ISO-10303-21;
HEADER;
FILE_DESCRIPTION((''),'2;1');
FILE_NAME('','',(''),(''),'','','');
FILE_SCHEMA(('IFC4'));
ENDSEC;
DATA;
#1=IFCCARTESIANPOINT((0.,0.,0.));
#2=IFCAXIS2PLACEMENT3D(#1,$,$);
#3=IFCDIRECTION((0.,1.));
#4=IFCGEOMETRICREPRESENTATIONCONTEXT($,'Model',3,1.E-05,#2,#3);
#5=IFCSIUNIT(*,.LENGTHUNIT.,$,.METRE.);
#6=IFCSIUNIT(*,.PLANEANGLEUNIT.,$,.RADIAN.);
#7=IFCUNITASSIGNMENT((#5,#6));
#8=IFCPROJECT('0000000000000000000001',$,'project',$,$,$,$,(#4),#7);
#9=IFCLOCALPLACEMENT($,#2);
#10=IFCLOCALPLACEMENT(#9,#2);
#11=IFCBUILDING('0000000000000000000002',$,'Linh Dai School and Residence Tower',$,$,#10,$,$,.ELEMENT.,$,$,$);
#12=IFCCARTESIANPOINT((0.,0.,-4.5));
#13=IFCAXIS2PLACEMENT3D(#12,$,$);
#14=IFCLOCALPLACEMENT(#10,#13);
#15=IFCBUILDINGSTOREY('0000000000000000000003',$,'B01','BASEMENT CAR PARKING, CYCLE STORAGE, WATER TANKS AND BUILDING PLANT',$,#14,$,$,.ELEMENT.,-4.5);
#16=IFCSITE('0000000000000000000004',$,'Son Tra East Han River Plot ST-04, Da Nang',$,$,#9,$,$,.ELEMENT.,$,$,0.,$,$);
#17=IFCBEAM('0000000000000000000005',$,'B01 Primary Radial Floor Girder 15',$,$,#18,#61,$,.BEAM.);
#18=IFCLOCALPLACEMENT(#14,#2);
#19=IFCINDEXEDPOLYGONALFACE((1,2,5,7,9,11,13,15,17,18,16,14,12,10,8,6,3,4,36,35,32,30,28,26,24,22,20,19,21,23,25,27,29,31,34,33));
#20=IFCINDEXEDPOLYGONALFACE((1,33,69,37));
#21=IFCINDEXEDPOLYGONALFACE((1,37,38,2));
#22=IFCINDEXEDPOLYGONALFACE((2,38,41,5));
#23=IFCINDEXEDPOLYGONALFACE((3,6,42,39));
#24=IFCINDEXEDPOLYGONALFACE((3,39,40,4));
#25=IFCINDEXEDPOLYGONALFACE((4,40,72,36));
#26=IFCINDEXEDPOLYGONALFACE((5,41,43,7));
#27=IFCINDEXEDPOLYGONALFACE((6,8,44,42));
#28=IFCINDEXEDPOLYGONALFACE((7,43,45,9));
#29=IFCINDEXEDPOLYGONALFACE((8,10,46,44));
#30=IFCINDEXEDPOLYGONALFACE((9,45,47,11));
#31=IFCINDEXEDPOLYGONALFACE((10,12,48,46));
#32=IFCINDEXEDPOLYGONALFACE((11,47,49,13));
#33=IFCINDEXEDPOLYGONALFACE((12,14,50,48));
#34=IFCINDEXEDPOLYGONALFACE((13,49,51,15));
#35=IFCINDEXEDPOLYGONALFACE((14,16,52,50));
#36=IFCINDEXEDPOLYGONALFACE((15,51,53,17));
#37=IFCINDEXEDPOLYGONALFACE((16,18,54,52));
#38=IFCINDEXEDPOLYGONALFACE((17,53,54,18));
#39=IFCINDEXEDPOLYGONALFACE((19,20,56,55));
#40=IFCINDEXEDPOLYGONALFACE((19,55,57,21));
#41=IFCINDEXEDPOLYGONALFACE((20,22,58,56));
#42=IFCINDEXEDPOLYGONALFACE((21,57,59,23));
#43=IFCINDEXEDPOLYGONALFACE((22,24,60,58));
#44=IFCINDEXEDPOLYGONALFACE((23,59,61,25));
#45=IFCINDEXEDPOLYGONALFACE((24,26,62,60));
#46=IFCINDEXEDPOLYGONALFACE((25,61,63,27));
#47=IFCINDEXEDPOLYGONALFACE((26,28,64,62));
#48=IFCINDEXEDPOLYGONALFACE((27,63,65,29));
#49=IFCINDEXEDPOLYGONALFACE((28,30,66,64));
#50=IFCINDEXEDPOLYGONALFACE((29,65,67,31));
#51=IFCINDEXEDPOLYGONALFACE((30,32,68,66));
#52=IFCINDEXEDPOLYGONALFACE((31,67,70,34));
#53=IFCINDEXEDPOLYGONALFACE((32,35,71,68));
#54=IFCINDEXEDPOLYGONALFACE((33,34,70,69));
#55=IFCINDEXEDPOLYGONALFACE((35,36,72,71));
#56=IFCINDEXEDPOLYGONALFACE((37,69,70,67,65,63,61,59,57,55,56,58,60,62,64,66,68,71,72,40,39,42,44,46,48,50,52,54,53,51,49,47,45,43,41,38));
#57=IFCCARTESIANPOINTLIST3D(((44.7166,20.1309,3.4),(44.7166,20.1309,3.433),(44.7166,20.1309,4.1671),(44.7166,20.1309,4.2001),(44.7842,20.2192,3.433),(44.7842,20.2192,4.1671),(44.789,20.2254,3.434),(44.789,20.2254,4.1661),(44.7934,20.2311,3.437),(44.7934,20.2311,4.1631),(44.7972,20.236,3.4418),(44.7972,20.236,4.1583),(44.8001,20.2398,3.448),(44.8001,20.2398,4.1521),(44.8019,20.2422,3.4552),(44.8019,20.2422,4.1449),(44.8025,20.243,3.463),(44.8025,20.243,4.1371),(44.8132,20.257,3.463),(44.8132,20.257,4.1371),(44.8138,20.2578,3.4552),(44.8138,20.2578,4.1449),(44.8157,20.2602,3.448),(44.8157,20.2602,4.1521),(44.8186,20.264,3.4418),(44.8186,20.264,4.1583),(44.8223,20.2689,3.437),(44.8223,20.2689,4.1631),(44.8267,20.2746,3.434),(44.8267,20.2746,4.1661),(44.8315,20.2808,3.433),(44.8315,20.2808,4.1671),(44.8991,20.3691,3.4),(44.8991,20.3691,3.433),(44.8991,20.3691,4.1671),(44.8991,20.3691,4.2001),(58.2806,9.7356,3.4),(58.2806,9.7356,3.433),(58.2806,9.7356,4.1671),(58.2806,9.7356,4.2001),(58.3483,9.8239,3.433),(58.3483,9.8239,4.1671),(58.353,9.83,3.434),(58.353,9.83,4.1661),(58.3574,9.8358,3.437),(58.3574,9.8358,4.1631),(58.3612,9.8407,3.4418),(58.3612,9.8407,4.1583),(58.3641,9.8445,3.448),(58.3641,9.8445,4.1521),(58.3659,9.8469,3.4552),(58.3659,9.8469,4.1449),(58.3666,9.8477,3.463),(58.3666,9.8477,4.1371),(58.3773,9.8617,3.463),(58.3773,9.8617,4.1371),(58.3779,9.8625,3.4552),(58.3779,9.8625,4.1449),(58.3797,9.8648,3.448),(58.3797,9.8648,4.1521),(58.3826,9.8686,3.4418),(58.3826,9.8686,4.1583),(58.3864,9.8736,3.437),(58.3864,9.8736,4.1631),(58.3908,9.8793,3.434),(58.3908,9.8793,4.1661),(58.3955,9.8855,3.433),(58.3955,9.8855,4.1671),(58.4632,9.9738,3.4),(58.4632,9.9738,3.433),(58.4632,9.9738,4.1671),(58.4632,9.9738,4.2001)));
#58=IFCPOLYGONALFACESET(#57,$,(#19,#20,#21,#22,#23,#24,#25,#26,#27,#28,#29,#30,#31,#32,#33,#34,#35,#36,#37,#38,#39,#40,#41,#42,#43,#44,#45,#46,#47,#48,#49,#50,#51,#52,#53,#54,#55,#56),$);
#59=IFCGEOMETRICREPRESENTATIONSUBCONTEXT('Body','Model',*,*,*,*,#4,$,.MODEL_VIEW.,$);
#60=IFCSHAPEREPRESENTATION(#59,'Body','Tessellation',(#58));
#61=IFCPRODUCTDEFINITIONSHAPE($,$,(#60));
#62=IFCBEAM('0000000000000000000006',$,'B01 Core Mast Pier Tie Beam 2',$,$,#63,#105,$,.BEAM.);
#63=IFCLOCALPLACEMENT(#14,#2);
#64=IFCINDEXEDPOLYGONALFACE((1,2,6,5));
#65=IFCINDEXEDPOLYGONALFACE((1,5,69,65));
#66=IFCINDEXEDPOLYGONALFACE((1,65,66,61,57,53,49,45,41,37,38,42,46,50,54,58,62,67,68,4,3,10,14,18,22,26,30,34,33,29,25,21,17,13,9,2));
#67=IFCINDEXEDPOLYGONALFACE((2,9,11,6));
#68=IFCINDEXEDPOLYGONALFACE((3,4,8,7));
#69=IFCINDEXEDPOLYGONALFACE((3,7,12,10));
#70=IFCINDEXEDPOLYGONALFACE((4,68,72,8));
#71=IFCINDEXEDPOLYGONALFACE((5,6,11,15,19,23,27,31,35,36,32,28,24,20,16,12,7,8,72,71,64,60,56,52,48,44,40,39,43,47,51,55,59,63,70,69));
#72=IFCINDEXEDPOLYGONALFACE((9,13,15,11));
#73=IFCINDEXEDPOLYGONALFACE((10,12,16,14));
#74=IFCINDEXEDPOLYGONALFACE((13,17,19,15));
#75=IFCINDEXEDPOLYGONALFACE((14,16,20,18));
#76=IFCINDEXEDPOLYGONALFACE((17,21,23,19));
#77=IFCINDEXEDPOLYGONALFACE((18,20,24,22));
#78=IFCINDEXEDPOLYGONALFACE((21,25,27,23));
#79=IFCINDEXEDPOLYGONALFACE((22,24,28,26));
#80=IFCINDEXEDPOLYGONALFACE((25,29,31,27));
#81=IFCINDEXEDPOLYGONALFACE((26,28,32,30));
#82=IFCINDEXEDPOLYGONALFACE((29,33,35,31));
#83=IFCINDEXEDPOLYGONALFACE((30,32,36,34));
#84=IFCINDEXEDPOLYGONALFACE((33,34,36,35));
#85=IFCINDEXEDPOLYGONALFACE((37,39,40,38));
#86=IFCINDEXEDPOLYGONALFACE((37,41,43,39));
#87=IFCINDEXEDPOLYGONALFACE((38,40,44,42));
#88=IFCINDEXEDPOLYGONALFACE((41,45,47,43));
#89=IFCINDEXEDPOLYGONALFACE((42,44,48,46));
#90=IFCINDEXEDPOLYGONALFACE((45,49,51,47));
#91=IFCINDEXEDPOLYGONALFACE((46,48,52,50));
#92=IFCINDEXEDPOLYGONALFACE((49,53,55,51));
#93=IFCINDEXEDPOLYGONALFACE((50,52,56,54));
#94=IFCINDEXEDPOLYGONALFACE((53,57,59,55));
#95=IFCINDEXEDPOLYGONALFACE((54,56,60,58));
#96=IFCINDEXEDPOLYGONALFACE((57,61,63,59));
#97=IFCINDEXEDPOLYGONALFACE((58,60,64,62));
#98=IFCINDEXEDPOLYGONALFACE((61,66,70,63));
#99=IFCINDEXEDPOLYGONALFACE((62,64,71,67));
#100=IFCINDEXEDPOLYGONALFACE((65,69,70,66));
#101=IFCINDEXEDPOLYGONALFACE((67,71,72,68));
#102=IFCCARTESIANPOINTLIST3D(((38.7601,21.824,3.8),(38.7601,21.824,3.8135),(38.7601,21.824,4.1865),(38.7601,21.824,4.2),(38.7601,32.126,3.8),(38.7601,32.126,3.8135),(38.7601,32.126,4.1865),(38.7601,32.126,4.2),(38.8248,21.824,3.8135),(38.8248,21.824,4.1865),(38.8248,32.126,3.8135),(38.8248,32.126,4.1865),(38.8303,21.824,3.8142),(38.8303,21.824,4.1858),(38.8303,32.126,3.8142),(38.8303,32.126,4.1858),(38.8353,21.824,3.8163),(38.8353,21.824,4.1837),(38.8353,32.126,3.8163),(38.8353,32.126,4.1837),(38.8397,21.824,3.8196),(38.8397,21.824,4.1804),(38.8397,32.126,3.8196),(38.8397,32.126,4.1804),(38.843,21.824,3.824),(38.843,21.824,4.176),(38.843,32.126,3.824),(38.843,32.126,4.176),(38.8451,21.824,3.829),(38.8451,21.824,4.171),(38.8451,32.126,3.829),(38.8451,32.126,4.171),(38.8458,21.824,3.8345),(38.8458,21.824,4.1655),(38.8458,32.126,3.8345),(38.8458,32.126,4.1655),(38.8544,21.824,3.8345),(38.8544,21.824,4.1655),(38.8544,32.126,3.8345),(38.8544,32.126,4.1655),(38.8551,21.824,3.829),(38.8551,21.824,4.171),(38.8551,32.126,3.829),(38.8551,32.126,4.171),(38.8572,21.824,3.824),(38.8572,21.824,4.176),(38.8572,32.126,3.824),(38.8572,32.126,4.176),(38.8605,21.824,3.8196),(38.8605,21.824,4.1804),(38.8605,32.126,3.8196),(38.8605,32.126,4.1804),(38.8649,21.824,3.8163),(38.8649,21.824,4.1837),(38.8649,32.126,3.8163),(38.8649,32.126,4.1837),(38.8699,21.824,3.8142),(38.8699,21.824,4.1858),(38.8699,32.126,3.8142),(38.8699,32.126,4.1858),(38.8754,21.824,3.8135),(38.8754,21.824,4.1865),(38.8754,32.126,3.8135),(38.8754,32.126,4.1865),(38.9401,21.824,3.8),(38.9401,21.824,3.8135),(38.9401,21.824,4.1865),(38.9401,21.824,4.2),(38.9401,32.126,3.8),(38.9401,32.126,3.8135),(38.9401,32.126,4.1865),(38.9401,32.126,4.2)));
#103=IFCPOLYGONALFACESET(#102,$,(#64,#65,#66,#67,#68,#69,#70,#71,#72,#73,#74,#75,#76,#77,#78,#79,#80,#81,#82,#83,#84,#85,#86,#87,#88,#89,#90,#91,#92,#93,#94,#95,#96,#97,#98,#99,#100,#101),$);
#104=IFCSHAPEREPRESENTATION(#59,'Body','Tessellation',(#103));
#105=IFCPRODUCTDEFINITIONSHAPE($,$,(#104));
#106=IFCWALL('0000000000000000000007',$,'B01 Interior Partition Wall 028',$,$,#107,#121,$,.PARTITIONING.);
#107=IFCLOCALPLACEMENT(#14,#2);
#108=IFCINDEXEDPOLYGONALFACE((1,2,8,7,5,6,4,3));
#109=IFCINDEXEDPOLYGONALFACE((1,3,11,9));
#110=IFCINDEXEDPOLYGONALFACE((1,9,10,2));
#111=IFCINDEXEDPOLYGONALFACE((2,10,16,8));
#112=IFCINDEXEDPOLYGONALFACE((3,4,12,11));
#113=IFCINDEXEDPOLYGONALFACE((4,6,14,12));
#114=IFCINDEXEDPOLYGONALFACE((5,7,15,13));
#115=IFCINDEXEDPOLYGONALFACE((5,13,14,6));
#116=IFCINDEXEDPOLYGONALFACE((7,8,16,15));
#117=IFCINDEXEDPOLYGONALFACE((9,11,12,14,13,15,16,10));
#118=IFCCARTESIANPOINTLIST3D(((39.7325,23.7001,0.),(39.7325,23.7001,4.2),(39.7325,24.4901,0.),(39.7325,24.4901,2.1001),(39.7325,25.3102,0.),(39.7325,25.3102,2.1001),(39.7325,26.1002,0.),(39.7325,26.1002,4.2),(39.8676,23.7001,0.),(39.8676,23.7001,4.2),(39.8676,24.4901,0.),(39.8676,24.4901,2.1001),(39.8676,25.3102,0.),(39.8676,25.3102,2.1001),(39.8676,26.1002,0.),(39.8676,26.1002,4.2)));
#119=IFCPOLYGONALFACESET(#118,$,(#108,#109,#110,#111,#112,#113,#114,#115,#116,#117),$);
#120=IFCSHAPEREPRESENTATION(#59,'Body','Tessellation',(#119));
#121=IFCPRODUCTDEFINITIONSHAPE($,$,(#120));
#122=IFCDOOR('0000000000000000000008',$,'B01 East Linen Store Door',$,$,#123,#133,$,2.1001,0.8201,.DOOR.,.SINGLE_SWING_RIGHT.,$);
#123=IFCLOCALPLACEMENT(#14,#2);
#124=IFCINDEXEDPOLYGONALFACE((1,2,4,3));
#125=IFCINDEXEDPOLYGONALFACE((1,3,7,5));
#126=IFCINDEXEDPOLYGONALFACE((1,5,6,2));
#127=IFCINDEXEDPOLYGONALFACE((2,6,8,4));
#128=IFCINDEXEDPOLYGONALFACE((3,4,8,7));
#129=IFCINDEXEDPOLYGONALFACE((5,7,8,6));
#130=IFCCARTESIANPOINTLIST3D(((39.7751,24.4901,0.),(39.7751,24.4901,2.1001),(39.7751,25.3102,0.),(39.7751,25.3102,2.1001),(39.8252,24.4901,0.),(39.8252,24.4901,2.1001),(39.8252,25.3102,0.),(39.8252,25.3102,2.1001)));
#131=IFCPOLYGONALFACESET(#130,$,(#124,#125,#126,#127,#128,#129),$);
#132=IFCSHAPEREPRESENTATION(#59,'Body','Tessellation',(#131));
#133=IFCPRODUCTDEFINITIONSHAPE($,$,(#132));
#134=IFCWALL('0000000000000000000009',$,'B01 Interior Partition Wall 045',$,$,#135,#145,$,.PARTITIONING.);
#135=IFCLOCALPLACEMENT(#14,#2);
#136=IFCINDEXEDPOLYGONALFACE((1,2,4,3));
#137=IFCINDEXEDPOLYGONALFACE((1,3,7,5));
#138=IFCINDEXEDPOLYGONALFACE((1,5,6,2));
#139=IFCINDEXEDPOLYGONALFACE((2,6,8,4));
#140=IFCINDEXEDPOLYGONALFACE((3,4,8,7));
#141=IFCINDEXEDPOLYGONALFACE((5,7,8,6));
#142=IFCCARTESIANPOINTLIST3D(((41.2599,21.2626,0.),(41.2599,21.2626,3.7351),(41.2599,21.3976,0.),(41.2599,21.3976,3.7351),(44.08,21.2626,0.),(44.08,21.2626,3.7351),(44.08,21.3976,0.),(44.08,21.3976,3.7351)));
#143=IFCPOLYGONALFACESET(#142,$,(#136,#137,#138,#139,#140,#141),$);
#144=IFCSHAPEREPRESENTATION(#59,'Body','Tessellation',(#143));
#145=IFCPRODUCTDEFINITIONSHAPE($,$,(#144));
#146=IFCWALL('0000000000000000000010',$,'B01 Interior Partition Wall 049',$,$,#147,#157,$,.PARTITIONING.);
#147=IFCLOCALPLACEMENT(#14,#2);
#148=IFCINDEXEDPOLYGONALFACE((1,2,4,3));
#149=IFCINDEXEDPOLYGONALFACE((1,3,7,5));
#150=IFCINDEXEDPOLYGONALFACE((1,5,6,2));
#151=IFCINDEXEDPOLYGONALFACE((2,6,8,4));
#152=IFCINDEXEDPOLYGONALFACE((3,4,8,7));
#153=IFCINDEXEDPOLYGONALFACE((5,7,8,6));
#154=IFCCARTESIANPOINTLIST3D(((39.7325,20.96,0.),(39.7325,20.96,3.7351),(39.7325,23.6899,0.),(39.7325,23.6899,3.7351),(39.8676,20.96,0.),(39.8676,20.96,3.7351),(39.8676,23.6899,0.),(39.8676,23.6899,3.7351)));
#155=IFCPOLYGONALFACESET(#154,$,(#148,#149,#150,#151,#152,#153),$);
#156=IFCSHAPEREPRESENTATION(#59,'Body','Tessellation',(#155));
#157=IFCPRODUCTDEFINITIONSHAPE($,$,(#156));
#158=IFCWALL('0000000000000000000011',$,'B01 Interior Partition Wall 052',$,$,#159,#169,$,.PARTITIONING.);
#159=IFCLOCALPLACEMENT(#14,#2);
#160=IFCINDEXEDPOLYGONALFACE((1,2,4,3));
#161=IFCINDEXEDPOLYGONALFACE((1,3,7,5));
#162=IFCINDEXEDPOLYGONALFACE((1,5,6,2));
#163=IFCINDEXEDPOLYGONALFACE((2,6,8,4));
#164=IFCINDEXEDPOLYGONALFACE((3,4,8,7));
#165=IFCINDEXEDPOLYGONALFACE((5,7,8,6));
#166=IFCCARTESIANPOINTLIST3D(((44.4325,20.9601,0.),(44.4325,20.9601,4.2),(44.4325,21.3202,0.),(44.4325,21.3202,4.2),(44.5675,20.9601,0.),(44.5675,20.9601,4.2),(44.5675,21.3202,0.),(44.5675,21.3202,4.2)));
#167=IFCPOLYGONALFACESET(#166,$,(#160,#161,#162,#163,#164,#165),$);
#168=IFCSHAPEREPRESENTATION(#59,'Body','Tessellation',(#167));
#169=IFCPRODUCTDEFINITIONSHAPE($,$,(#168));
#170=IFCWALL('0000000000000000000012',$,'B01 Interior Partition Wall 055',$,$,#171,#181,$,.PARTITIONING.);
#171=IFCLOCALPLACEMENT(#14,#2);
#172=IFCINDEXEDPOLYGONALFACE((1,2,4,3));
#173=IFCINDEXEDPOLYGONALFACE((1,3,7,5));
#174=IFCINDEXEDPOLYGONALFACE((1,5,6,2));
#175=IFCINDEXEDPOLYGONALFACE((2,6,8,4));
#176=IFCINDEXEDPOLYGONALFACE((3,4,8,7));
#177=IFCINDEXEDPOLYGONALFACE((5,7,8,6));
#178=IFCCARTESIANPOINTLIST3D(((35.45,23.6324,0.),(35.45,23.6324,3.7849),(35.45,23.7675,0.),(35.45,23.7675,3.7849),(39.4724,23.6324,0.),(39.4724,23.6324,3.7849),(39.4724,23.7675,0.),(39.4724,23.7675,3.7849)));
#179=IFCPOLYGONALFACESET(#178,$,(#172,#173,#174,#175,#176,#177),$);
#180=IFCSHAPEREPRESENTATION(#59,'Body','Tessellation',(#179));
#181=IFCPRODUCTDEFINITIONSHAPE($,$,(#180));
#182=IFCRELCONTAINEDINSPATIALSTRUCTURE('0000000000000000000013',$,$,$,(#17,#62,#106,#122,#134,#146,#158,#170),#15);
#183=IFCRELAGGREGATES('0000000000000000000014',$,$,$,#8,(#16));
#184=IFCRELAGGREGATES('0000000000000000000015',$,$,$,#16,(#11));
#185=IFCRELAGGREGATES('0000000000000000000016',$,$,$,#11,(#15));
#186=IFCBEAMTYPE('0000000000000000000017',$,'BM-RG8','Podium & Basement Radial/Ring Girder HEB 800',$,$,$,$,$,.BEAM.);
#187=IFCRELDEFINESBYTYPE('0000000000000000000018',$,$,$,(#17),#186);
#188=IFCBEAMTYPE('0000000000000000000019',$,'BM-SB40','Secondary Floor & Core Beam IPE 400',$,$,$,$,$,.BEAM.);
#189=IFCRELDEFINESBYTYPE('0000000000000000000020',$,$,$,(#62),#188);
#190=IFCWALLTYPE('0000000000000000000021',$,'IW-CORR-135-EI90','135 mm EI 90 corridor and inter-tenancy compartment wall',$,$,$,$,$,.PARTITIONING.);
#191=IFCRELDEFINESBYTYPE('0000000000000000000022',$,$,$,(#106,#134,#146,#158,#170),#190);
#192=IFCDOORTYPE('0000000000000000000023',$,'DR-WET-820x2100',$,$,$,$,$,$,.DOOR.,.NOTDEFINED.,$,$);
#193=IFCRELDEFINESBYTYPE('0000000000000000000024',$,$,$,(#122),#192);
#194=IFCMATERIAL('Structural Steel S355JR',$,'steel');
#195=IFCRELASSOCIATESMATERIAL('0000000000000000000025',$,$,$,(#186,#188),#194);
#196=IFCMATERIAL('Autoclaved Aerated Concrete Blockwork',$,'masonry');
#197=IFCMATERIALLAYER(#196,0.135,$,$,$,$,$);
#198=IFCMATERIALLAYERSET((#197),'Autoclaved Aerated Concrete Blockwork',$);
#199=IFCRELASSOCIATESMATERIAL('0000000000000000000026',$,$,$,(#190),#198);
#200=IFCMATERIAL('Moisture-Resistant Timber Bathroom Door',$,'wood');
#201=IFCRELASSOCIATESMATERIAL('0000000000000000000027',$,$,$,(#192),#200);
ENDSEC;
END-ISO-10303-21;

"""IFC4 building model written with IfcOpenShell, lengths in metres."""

from ifc_helpers import new_model, si_unit, direction, frame, frame_2d, origin, origin_2d, place, context, subcontext, project, spatial, rectangle, i_section, extrude, source, transform, mapped, material, layer, layer_set, material_profile, profile_set, type_object, element, fill, save


model = new_model("IFC4")

# Units and contexts
model_context = context("Model", 3, precision=1e-05, world=origin(), true_north=direction((0.0, 1.0)))
body_context = subcontext(model_context, "Body", "Model", "MODEL_VIEW")
ifc_project = project(units=[si_unit("LENGTHUNIT", "METRE"), si_unit("PLANEANGLEUNIT", "RADIAN")], contexts=[model_context])

# Site, building, storey
site_placement = place(None, origin())
site = spatial("IfcSite", under=ifc_project, at=site_placement, Name="Son Tra East Han River Plot ST-04, Da Nang", CompositionType="ELEMENT", RefElevation=0.0)
building_placement = place(site_placement, origin())
building = spatial("IfcBuilding", under=site, at=building_placement, Name="Linh Dai School and Residence Tower", CompositionType="ELEMENT")
storey_placement = place(building_placement, frame((0.0, 0.0, -4.5)))
storey = spatial("IfcBuildingStorey", under=building, at=storey_placement, Name="B01", Description="BASEMENT CAR PARKING, CYCLE STORAGE, WATER TANKS AND BUILDING PLANT", CompositionType="ELEMENT", Elevation=-4.5)

# Shared definitions
ifc_material_1 = material(Name="Structural Steel S355JR", Category="steel")

# Beams
ifc_material_profile_1 = material_profile(ifc_material_1, i_section(OverallWidth=0.3, OverallDepth=0.8, WebThickness=0.0176, FlangeThickness=0.033, FilletRadius=0.03, at=origin_2d()), Name="HEB 800")
ifc_profile_set_1 = profile_set([ifc_material_profile_1], Name="Structural Steel S355JR")
beam_type_1 = type_object("IfcBeamType", Name="BM-RG8", Description="Podium & Basement Radial/Ring Girder HEB 800", PredefinedType="BEAM", material=ifc_profile_set_1)
beam_1_placement = place(storey_placement, frame((44.8079, 20.25, 3.8), z_axis=(0.793713, -0.608292, 0.0), x_axis=(0.608292, 0.793713, 0.0)))
element("IfcBeam", 1, at=beam_1_placement, inside=storey, type_object=beam_type_1, Name="B01 Primary Radial Floor Girder 15", PredefinedType="BEAM", context=body_context, shape_type="SweptSolid", body=[
    extrude(i_section(OverallWidth=0.3, OverallDepth=0.8, WebThickness=0.0176, FlangeThickness=0.033, FilletRadius=0.03, at=origin_2d()), origin(), (0.0, 0.0, 1.0), 17.0894),
])
ifc_material_profile_2 = material_profile(ifc_material_1, i_section(OverallWidth=0.1799, OverallDepth=0.3999, WebThickness=0.0085, FlangeThickness=0.0134, FilletRadius=0.021, at=origin_2d()), Name="IPE 400")
ifc_profile_set_2 = profile_set([ifc_material_profile_2], Name="Structural Steel S355JR")
beam_type_2 = type_object("IfcBeamType", Name="BM-SB40", Description="Secondary Floor & Core Beam IPE 400", PredefinedType="BEAM", material=ifc_profile_set_2)
beam_2_placement = place(storey_placement, frame((38.8501, 21.824, 4.0), z_axis=(0.0, 1.0, 0.0), x_axis=(-1.0, 0.0, 0.0)))
element("IfcBeam", 2, at=beam_2_placement, inside=storey, type_object=beam_type_2, Name="B01 Core Mast Pier Tie Beam 2", PredefinedType="BEAM", context=body_context, shape_type="SweptSolid", body=[
    extrude(i_section(OverallWidth=0.1799, OverallDepth=0.3999, WebThickness=0.0085, FlangeThickness=0.0134, FilletRadius=0.021, at=origin_2d()), origin(), (0.0, 0.0, 1.0), 10.302),
])

# Wall, opening, door
ifc_material_2 = material(Name="Autoclaved Aerated Concrete Blockwork", Category="masonry")
ifc_layer_1 = layer(ifc_material_2, 0.135)
ifc_layer_set_1 = layer_set([ifc_layer_1], Name="Autoclaved Aerated Concrete Blockwork")
wall_type_1 = type_object("IfcWallType", Name="IW-CORR-135-EI90", Description="135 mm EI 90 corridor and inter-tenancy compartment wall", PredefinedType="PARTITIONING", material=ifc_layer_set_1)
wall_1_placement = place(storey_placement, frame((39.8, 23.7, 0.0), z_axis=(0.0, 0.0, 1.0), x_axis=(0.0, 1.0, 0.0)))
wall_1 = element("IfcWall", 3, at=wall_1_placement, inside=storey, type_object=wall_type_1, Name="B01 Interior Partition Wall 028", PredefinedType="PARTITIONING", context=body_context, shape_type="SweptSolid", body=[
    extrude(rectangle(XDim=2.4001, YDim=0.135, at=frame_2d((1.2002, 0.0))), origin(), (0.0, 0.0, 1.0), 4.2),
])
opening_1_placement = place(wall_1_placement, frame((0.79, 0.0, 0.0)))
opening_1 = element("IfcOpeningElement", 4, at=opening_1_placement, cuts=wall_1, PredefinedType="OPENING", context=body_context, shape_type="SweptSolid", body=[
    extrude(rectangle(XDim=0.8201, YDim=2.1001, at=origin_2d()), frame((0.4102, 0.0776, 1.05), z_axis=(0.0, -1.0, 0.0), x_axis=(1.0, 0.0, 0.0)), (0.0, 0.0, 1.0), 0.155),
])
ifc_material_3 = material(Name="Moisture-Resistant Timber Bathroom Door", Category="wood")
door_type_1 = type_object("IfcDoorType", Name="DR-WET-820x2100", OperationType="NOTDEFINED", PredefinedType="DOOR", material=ifc_material_3)
shared_shape_1 = source(origin(), body_context, "Body", "SweptSolid", [
    extrude(rectangle(XDim=0.8201, YDim=2.1001, at=origin_2d()), frame((0.4102, 0.0249, 1.05), z_axis=(0.0, -1.0, 0.0), x_axis=(1.0, 0.0, 0.0)), (0.0, 0.0, 1.0), 0.05),
])
door_1_placement = place(opening_1_placement, origin())
door_1 = element("IfcDoor", 5, at=door_1_placement, inside=storey, type_object=door_type_1, Name="B01 East Linen Store Door", OperationType="SINGLE_SWING_RIGHT", OverallHeight=2.1001, OverallWidth=0.8201, PredefinedType="DOOR", context=body_context, shape_type="MappedRepresentation", body=[
    mapped(shared_shape_1, transform((0.0, 0.0, 0.0), x_axis=(1.0, 0.0, 0.0), y_axis=(0.0, 1.0, 0.0), z_axis=(0.0, 0.0, 1.0), scale=1.0)),
])
fill(opening_1, door_1)

# Walls
wall_2_placement = place(storey_placement, frame((44.0801, 21.3301, 0.0), z_axis=(0.0, 0.0, 1.0), x_axis=(-1.0, 0.0, 0.0)))
element("IfcWall", 6, at=wall_2_placement, inside=storey, type_object=wall_type_1, Name="B01 Interior Partition Wall 045", PredefinedType="PARTITIONING", context=body_context, shape_type="SweptSolid", body=[
    extrude(rectangle(XDim=2.8201, YDim=0.135, at=frame_2d((1.4102, 0.0))), origin(), (0.0, 0.0, 1.0), 3.7351),
])
wall_3_placement = place(storey_placement, frame((39.8, 20.96, 0.0), z_axis=(0.0, 0.0, 1.0), x_axis=(0.0, 1.0, 0.0)))
element("IfcWall", 7, at=wall_3_placement, inside=storey, type_object=wall_type_1, Name="B01 Interior Partition Wall 049", PredefinedType="PARTITIONING", context=body_context, shape_type="SweptSolid", body=[
    extrude(rectangle(XDim=2.73, YDim=0.135, at=frame_2d((1.365, 0.0))), origin(), (0.0, 0.0, 1.0), 3.7351),
])
wall_4_placement = place(storey_placement, frame((44.5, 20.96, 0.0), z_axis=(0.0, 0.0, 1.0), x_axis=(0.0, 1.0, 0.0)))
element("IfcWall", 8, at=wall_4_placement, inside=storey, type_object=wall_type_1, Name="B01 Interior Partition Wall 052", PredefinedType="PARTITIONING", context=body_context, shape_type="SweptSolid", body=[
    extrude(rectangle(XDim=0.3601, YDim=0.135, at=frame_2d((0.1802, 0.0))), origin(), (0.0, 0.0, 1.0), 4.2),
])
wall_5_placement = place(storey_placement, frame((39.4724, 23.7, 0.0), z_axis=(0.0, 0.0, 1.0), x_axis=(-1.0, 0.0, 0.0)))
element("IfcWall", 9, at=wall_5_placement, inside=storey, type_object=wall_type_1, Name="B01 Interior Partition Wall 055", PredefinedType="PARTITIONING", context=body_context, shape_type="SweptSolid", body=[
    extrude(rectangle(XDim=4.0225, YDim=0.135, at=frame_2d((2.0112, 0.0))), origin(), (0.0, 0.0, 1.0), 3.7849),
])

save(model, "model.ifc")
